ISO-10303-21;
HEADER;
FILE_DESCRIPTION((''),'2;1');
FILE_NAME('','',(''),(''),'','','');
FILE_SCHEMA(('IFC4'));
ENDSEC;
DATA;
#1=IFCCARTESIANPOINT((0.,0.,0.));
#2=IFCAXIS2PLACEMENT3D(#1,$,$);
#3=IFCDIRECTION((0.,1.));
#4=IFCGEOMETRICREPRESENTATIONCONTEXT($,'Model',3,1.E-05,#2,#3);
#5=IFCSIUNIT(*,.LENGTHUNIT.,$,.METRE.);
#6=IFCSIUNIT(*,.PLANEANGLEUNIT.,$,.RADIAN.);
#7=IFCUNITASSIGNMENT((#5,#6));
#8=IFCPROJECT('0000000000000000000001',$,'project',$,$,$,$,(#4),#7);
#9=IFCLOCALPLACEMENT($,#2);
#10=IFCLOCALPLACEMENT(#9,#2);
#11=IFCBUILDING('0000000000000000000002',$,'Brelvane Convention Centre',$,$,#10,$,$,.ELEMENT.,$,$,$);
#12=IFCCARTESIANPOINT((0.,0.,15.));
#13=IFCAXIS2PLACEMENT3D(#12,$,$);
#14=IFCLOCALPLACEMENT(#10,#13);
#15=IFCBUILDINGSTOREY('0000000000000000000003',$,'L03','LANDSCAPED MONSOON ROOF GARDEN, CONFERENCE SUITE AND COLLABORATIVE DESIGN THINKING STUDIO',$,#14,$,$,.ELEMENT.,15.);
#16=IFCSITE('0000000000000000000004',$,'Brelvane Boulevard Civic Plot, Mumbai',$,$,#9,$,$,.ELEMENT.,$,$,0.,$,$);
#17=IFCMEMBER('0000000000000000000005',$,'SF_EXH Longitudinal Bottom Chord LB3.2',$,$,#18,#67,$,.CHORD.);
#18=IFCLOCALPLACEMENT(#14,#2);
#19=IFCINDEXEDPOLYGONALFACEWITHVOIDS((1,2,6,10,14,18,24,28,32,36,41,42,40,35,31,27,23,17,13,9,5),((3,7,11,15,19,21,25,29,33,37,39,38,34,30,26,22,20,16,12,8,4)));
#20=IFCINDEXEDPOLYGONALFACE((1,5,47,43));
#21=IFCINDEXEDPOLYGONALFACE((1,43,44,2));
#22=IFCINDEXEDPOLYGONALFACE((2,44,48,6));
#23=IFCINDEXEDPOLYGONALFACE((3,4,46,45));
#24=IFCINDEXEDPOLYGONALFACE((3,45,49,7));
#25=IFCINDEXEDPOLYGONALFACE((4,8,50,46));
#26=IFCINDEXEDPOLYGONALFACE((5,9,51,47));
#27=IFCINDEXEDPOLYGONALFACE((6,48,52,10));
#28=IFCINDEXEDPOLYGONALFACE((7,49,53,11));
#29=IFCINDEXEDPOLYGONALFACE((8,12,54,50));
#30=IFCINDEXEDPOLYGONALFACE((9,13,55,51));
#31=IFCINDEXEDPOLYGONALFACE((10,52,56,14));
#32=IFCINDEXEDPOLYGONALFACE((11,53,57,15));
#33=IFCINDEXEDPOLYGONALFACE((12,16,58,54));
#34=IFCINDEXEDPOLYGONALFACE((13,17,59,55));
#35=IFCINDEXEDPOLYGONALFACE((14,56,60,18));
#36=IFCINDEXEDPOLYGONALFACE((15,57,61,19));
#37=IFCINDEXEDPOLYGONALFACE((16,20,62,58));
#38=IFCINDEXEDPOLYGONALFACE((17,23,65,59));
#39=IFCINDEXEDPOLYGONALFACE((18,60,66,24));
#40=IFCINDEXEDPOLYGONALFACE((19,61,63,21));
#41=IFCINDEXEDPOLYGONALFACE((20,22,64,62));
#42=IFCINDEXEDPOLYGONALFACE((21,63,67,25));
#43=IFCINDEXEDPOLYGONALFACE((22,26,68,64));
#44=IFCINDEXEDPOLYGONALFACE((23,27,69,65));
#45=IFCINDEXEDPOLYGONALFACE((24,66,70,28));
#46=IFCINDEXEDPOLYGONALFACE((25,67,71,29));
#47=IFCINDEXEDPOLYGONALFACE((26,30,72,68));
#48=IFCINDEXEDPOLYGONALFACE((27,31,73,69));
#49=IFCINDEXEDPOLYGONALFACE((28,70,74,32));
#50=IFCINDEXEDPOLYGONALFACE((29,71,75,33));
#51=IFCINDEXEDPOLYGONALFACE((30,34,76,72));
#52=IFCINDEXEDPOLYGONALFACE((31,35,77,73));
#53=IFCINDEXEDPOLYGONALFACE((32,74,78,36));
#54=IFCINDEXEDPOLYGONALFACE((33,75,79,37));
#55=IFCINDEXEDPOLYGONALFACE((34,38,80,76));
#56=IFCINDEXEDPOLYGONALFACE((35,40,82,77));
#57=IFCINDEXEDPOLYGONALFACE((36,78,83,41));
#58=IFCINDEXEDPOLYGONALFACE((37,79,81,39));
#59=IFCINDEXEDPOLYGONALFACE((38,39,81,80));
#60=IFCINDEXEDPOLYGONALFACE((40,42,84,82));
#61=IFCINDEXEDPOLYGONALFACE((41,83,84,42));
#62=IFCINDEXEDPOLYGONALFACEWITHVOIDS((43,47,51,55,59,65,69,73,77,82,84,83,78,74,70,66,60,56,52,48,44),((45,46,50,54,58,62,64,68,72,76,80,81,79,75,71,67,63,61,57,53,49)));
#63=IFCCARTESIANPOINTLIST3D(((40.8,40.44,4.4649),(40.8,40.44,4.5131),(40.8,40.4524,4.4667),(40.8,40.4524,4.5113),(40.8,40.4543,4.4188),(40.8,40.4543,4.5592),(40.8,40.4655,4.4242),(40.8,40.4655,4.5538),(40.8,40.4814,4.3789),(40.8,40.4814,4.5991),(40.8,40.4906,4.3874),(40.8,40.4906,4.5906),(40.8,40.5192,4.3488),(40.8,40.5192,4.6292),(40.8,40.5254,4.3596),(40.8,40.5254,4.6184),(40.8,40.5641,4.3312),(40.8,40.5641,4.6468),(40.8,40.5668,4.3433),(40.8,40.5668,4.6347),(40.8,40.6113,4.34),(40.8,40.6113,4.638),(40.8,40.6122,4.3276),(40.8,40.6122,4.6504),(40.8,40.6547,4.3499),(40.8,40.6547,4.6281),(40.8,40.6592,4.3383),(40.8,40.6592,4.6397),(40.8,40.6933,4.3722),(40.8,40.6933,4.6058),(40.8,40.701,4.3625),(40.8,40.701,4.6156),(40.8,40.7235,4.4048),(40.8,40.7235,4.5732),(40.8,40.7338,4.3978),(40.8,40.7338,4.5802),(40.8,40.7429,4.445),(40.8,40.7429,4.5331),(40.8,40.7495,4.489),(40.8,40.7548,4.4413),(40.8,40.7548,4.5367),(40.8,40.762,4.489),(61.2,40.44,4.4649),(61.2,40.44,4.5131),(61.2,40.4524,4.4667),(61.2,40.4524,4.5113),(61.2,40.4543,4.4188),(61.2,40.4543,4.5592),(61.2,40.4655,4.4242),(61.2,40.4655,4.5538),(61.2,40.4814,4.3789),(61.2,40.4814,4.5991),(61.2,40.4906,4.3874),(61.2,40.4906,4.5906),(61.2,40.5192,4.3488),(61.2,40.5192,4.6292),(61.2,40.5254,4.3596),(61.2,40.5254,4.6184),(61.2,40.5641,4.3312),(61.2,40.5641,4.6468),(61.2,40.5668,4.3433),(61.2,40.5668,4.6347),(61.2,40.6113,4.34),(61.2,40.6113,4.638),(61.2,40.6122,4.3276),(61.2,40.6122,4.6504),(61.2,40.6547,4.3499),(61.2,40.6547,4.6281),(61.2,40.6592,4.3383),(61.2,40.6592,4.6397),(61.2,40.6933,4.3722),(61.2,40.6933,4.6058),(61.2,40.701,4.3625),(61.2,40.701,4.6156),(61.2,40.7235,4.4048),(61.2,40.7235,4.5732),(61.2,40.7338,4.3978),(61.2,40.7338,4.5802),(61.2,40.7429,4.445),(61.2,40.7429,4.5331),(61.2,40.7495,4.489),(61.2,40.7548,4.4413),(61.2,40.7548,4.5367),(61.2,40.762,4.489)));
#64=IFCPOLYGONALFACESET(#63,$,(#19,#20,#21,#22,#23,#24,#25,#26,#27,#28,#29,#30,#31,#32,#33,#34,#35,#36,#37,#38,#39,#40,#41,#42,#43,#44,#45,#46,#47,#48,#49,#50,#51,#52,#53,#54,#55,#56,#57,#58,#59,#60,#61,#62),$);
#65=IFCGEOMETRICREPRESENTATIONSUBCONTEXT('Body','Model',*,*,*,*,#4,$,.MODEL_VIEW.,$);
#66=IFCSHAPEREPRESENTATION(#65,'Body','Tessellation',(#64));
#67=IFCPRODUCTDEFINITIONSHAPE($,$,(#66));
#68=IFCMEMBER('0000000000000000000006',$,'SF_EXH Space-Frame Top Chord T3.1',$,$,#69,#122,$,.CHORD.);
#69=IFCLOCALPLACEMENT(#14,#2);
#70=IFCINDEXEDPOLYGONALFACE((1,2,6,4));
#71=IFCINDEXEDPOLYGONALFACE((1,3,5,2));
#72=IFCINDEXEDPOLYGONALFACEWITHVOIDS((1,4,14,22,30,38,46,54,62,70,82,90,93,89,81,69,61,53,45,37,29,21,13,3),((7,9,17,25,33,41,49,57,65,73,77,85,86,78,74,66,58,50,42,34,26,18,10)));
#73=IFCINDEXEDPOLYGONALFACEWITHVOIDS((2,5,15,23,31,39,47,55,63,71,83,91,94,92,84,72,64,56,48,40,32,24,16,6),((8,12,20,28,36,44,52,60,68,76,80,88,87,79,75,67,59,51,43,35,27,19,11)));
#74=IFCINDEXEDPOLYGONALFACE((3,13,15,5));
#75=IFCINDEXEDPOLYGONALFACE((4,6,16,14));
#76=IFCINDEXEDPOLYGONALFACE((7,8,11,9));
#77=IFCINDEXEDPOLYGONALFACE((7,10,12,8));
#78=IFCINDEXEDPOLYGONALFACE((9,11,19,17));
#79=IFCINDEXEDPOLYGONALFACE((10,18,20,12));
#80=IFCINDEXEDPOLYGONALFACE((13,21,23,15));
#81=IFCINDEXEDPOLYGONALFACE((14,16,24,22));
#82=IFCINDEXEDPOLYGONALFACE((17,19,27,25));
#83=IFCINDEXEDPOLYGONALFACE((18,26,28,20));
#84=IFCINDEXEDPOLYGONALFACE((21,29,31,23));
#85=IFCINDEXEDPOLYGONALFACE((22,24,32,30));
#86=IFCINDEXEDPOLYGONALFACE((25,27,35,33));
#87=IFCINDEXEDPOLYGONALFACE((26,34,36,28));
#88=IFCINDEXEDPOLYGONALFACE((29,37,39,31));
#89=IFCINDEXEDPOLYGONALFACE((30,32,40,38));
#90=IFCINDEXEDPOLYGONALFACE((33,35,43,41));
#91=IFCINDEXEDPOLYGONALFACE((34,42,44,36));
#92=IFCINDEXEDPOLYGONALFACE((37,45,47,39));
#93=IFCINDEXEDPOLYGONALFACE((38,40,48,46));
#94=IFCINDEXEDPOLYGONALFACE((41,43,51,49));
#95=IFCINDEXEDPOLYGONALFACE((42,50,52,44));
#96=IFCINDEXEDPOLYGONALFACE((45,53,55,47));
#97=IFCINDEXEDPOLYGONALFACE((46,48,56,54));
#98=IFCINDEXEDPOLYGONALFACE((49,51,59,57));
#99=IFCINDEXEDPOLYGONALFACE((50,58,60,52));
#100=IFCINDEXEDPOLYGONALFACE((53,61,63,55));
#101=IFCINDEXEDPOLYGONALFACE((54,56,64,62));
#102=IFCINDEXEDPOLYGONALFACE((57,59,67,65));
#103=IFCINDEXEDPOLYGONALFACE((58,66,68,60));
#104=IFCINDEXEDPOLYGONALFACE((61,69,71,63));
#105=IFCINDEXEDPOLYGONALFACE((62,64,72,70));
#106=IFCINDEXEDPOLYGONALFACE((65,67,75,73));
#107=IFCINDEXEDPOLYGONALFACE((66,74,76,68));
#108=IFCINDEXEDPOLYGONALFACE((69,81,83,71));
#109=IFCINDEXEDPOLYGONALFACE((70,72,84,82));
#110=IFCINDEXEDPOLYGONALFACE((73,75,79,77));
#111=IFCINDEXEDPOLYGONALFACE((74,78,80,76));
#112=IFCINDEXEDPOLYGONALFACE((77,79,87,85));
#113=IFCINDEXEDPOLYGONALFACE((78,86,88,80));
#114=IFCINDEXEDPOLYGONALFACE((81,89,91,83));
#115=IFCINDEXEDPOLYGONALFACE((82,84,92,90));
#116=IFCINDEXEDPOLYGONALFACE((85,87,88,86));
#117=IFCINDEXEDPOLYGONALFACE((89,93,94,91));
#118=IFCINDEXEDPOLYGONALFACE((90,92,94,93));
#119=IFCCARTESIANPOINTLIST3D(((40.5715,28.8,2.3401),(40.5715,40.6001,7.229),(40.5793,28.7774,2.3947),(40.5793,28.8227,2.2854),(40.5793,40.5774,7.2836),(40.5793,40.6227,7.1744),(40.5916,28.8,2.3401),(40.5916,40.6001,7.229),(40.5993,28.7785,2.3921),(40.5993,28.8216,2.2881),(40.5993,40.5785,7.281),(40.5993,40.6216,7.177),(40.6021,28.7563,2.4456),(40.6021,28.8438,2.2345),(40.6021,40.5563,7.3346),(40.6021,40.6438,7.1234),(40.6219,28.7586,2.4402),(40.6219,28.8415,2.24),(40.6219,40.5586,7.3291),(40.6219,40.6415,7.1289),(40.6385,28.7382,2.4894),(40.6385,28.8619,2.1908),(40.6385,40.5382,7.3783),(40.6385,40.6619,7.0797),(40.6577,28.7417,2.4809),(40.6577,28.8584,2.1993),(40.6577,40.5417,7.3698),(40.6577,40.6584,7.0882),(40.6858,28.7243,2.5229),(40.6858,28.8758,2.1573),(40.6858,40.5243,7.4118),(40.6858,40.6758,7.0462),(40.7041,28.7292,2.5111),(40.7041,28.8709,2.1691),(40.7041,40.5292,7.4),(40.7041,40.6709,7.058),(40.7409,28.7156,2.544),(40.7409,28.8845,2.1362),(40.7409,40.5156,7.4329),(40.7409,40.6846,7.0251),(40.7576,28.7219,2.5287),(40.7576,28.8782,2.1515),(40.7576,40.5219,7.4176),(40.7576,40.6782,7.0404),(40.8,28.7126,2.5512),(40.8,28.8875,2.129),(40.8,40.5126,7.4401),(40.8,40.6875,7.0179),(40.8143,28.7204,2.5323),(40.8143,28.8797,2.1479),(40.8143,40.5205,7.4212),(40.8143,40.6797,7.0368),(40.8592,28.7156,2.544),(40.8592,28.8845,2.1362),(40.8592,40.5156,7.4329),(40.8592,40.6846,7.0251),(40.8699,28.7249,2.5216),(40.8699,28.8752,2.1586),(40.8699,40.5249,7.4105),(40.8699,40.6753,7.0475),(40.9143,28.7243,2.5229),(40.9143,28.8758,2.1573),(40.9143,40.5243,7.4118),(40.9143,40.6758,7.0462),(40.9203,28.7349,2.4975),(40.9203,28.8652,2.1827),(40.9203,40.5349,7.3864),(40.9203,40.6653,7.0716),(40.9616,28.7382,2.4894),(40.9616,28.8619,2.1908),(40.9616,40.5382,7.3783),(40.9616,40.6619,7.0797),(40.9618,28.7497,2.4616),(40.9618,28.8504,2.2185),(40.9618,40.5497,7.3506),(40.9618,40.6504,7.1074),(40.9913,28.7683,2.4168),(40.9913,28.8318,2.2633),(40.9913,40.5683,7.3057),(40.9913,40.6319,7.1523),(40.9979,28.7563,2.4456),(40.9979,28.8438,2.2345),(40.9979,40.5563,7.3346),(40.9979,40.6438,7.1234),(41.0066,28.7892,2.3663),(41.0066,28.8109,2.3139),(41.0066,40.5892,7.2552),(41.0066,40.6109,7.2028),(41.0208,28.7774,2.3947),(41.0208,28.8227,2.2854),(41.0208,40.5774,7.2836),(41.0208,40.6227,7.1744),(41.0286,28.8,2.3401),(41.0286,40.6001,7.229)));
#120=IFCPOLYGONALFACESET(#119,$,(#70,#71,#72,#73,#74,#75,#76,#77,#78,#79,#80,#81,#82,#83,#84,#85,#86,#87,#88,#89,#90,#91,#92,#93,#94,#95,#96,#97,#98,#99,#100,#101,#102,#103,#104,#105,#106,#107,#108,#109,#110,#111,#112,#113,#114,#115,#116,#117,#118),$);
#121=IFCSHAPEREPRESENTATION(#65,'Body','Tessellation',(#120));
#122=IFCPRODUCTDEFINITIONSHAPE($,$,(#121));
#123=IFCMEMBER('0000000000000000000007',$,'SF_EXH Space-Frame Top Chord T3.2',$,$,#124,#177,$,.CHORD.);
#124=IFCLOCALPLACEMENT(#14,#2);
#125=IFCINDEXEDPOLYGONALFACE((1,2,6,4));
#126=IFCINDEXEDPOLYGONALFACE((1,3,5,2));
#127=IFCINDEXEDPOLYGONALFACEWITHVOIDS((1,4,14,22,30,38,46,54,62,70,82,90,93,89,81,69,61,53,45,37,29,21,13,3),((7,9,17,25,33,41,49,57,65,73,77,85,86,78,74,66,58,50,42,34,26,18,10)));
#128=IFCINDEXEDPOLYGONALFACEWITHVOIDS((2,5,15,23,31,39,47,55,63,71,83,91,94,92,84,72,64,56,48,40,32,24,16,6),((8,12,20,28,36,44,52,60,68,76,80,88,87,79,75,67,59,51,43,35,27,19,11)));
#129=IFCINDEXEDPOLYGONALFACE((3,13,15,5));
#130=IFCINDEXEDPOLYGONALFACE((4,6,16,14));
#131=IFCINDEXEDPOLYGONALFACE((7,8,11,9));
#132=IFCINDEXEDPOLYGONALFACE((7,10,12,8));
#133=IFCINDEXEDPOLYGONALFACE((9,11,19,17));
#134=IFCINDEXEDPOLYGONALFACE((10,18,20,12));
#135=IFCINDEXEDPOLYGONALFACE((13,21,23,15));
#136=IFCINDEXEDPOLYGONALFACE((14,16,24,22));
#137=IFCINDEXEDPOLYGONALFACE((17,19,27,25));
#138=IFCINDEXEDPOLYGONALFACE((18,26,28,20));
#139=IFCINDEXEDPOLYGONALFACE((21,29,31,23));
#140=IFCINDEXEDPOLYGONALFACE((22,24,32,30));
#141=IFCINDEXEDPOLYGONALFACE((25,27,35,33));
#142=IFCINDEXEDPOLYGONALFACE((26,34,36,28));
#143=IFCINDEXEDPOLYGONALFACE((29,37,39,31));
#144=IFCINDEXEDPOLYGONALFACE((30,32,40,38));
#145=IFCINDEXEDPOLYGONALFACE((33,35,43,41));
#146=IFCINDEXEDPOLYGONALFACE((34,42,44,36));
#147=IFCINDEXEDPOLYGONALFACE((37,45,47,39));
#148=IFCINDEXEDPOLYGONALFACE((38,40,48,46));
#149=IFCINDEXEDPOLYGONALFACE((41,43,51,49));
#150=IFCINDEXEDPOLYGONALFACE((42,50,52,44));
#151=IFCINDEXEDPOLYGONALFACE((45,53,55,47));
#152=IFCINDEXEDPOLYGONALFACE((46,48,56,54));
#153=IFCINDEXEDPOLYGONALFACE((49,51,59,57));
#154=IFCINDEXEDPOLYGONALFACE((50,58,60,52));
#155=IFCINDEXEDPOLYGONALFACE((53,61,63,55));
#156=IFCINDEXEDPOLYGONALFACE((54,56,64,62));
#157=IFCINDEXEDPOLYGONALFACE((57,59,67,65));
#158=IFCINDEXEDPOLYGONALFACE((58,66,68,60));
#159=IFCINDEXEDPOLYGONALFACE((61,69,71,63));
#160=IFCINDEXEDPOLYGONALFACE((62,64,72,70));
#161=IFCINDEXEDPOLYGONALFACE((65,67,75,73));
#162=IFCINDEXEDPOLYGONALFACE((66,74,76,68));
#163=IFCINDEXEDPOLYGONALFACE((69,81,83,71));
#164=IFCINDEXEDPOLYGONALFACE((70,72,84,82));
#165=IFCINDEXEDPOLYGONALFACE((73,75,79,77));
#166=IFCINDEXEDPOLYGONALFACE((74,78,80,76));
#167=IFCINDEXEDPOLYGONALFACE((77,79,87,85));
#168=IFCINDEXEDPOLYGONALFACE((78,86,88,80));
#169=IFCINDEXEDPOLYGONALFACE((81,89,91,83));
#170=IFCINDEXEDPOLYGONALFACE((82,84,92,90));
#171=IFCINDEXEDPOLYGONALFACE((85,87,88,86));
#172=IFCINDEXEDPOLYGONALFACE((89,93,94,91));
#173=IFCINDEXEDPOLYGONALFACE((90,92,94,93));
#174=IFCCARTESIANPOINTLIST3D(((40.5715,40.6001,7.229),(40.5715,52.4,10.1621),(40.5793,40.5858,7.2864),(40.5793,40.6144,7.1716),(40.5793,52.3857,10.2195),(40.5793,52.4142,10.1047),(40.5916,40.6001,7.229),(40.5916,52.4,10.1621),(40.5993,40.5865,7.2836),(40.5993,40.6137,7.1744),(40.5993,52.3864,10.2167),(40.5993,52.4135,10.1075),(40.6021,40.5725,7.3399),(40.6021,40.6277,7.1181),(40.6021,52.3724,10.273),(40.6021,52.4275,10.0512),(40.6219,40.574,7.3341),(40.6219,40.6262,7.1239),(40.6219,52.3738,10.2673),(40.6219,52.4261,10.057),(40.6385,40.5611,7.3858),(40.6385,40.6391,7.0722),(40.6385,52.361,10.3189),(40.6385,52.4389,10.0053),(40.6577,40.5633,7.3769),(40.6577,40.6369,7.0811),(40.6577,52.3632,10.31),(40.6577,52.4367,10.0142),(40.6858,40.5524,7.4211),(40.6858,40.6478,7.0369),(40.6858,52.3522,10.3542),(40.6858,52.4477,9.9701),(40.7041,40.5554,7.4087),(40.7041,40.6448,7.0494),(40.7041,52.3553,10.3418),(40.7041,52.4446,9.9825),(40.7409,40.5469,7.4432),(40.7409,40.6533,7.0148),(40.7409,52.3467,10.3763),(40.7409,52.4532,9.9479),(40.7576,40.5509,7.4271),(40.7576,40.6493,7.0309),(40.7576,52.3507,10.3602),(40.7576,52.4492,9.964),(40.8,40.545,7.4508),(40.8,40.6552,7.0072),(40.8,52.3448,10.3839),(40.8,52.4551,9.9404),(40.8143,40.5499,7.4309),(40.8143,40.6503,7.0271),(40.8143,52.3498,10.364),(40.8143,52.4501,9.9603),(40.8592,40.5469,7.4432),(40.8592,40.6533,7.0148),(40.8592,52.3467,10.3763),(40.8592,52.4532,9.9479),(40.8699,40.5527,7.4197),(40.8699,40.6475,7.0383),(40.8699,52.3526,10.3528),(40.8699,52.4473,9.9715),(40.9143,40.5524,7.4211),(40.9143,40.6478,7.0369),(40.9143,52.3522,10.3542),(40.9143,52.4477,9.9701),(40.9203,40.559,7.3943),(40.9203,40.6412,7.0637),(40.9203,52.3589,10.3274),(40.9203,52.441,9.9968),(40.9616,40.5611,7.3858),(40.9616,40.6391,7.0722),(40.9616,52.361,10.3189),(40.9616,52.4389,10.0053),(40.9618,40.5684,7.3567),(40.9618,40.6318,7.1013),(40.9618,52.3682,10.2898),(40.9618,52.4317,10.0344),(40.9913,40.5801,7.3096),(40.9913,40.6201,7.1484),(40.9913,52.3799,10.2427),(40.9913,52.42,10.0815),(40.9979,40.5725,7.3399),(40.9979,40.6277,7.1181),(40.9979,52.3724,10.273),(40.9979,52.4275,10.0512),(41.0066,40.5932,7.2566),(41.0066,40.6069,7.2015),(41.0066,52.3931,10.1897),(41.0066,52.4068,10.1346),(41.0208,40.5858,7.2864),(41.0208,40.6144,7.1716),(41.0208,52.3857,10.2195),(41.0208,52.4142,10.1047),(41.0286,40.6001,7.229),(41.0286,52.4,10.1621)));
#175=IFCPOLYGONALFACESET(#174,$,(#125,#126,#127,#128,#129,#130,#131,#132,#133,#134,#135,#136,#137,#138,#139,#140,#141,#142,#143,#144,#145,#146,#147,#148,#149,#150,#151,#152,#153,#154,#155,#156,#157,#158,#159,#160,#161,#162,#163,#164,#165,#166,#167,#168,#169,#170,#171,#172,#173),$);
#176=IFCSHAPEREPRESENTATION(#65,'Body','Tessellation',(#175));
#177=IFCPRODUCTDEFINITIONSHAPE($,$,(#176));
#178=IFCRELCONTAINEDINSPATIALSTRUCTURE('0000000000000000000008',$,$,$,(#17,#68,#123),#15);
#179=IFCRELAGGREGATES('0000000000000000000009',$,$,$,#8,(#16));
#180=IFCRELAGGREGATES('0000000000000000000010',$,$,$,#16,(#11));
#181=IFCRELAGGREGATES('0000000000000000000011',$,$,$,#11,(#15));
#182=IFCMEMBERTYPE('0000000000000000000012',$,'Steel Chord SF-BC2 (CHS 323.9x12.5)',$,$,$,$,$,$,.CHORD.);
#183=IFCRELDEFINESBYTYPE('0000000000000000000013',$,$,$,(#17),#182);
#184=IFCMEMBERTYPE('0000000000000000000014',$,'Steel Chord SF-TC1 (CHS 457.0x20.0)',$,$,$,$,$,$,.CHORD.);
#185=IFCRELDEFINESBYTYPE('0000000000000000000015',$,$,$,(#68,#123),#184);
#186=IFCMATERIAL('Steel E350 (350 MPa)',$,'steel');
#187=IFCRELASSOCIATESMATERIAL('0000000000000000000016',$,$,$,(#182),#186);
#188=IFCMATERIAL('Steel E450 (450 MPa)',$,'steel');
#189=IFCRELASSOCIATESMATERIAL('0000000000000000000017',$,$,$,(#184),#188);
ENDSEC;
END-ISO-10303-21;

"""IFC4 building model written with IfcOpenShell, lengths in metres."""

from ifc_helpers import new_model, si_unit, direction, frame, origin, origin_2d, place, context, subcontext, project, spatial, hollow_circle, extrude, material, material_profile, profile_set, type_object, element, save


model = new_model("IFC4")

# Units and contexts
model_context = context("Model", 3, precision=1e-05, world=origin(), true_north=direction((0.0, 1.0)))
body_context = subcontext(model_context, "Body", "Model", "MODEL_VIEW")
ifc_project = project(units=[si_unit("LENGTHUNIT", "METRE"), si_unit("PLANEANGLEUNIT", "RADIAN")], contexts=[model_context])

# Site, building, storey
site_placement = place(None, origin())
site = spatial("IfcSite", under=ifc_project, at=site_placement, Name="Brelvane Boulevard Civic Plot, Mumbai", CompositionType="ELEMENT", RefElevation=0.0)
building_placement = place(site_placement, origin())
building = spatial("IfcBuilding", under=site, at=building_placement, Name="Brelvane Convention Centre", CompositionType="ELEMENT")
storey_placement = place(building_placement, frame((0.0, 0.0, 15.0)))
storey = spatial("IfcBuildingStorey", under=building, at=storey_placement, Name="L03", Description="LANDSCAPED MONSOON ROOF GARDEN, CONFERENCE SUITE AND COLLABORATIVE DESIGN THINKING STUDIO", CompositionType="ELEMENT", Elevation=15.0)

# Members
ifc_material_1 = material(Name="Steel E350 (350 MPa)", Category="steel")
ifc_material_profile_1 = material_profile(ifc_material_1, hollow_circle(Radius=0.1619, WallThickness=0.0125, at=origin_2d()), Name="CHS 323.9x12.5")
ifc_profile_set_1 = profile_set([ifc_material_profile_1], Name="Steel E350 (350 MPa)")
member_type_1 = type_object("IfcMemberType", Name="Steel Chord SF-BC2 (CHS 323.9x12.5)", PredefinedType="CHORD", material=ifc_profile_set_1)
member_1_placement = place(storey_placement, frame((40.8, 40.6001, 4.489), z_axis=(1.0, 0.0, 0.0), x_axis=(0.0, 1.0, 0.0)))
element("IfcMember", 1, at=member_1_placement, inside=storey, type_object=member_type_1, Name="SF_EXH Longitudinal Bottom Chord LB3.2", PredefinedType="CHORD", context=body_context, shape_type="SweptSolid", body=[
    extrude(hollow_circle(Radius=0.1619, WallThickness=0.0125, at=origin_2d()), origin(), (0.0, 0.0, 1.0), 20.3999),
])
ifc_material_2 = material(Name="Steel E450 (450 MPa)", Category="steel")
ifc_material_profile_2 = material_profile(ifc_material_2, hollow_circle(Radius=0.2285, WallThickness=0.02, at=origin_2d()), Name="CHS 457.0x20.0")
ifc_profile_set_2 = profile_set([ifc_material_profile_2], Name="Steel E450 (450 MPa)")
member_type_2 = type_object("IfcMemberType", Name="Steel Chord SF-TC1 (CHS 457.0x20.0)", PredefinedType="CHORD", material=ifc_profile_set_2)
member_2_placement = place(storey_placement, frame((40.8, 28.8, 2.3401), z_axis=(0.0, 0.923847, 0.382762), x_axis=(-1.0, 0.0, 0.0)))
element("IfcMember", 2, at=member_2_placement, inside=storey, type_object=member_type_2, Name="SF_EXH Space-Frame Top Chord T3.1", PredefinedType="CHORD", context=body_context, shape_type="SweptSolid", body=[
    extrude(hollow_circle(Radius=0.2285, WallThickness=0.02, at=origin_2d()), origin(), (0.0, 0.0, 1.0), 12.7727),
])
member_3_placement = place(storey_placement, frame((40.8, 40.6001, 7.229), z_axis=(0.0, 0.970468, 0.241231), x_axis=(-1.0, 0.0, 0.0)))
element("IfcMember", 3, at=member_3_placement, inside=storey, type_object=member_type_2, Name="SF_EXH Space-Frame Top Chord T3.2", PredefinedType="CHORD", context=body_context, shape_type="SweptSolid", body=[
    extrude(hollow_circle(Radius=0.2285, WallThickness=0.02, at=origin_2d()), origin(), (0.0, 0.0, 1.0), 12.1589),
])

save(model, "model.ifc")
